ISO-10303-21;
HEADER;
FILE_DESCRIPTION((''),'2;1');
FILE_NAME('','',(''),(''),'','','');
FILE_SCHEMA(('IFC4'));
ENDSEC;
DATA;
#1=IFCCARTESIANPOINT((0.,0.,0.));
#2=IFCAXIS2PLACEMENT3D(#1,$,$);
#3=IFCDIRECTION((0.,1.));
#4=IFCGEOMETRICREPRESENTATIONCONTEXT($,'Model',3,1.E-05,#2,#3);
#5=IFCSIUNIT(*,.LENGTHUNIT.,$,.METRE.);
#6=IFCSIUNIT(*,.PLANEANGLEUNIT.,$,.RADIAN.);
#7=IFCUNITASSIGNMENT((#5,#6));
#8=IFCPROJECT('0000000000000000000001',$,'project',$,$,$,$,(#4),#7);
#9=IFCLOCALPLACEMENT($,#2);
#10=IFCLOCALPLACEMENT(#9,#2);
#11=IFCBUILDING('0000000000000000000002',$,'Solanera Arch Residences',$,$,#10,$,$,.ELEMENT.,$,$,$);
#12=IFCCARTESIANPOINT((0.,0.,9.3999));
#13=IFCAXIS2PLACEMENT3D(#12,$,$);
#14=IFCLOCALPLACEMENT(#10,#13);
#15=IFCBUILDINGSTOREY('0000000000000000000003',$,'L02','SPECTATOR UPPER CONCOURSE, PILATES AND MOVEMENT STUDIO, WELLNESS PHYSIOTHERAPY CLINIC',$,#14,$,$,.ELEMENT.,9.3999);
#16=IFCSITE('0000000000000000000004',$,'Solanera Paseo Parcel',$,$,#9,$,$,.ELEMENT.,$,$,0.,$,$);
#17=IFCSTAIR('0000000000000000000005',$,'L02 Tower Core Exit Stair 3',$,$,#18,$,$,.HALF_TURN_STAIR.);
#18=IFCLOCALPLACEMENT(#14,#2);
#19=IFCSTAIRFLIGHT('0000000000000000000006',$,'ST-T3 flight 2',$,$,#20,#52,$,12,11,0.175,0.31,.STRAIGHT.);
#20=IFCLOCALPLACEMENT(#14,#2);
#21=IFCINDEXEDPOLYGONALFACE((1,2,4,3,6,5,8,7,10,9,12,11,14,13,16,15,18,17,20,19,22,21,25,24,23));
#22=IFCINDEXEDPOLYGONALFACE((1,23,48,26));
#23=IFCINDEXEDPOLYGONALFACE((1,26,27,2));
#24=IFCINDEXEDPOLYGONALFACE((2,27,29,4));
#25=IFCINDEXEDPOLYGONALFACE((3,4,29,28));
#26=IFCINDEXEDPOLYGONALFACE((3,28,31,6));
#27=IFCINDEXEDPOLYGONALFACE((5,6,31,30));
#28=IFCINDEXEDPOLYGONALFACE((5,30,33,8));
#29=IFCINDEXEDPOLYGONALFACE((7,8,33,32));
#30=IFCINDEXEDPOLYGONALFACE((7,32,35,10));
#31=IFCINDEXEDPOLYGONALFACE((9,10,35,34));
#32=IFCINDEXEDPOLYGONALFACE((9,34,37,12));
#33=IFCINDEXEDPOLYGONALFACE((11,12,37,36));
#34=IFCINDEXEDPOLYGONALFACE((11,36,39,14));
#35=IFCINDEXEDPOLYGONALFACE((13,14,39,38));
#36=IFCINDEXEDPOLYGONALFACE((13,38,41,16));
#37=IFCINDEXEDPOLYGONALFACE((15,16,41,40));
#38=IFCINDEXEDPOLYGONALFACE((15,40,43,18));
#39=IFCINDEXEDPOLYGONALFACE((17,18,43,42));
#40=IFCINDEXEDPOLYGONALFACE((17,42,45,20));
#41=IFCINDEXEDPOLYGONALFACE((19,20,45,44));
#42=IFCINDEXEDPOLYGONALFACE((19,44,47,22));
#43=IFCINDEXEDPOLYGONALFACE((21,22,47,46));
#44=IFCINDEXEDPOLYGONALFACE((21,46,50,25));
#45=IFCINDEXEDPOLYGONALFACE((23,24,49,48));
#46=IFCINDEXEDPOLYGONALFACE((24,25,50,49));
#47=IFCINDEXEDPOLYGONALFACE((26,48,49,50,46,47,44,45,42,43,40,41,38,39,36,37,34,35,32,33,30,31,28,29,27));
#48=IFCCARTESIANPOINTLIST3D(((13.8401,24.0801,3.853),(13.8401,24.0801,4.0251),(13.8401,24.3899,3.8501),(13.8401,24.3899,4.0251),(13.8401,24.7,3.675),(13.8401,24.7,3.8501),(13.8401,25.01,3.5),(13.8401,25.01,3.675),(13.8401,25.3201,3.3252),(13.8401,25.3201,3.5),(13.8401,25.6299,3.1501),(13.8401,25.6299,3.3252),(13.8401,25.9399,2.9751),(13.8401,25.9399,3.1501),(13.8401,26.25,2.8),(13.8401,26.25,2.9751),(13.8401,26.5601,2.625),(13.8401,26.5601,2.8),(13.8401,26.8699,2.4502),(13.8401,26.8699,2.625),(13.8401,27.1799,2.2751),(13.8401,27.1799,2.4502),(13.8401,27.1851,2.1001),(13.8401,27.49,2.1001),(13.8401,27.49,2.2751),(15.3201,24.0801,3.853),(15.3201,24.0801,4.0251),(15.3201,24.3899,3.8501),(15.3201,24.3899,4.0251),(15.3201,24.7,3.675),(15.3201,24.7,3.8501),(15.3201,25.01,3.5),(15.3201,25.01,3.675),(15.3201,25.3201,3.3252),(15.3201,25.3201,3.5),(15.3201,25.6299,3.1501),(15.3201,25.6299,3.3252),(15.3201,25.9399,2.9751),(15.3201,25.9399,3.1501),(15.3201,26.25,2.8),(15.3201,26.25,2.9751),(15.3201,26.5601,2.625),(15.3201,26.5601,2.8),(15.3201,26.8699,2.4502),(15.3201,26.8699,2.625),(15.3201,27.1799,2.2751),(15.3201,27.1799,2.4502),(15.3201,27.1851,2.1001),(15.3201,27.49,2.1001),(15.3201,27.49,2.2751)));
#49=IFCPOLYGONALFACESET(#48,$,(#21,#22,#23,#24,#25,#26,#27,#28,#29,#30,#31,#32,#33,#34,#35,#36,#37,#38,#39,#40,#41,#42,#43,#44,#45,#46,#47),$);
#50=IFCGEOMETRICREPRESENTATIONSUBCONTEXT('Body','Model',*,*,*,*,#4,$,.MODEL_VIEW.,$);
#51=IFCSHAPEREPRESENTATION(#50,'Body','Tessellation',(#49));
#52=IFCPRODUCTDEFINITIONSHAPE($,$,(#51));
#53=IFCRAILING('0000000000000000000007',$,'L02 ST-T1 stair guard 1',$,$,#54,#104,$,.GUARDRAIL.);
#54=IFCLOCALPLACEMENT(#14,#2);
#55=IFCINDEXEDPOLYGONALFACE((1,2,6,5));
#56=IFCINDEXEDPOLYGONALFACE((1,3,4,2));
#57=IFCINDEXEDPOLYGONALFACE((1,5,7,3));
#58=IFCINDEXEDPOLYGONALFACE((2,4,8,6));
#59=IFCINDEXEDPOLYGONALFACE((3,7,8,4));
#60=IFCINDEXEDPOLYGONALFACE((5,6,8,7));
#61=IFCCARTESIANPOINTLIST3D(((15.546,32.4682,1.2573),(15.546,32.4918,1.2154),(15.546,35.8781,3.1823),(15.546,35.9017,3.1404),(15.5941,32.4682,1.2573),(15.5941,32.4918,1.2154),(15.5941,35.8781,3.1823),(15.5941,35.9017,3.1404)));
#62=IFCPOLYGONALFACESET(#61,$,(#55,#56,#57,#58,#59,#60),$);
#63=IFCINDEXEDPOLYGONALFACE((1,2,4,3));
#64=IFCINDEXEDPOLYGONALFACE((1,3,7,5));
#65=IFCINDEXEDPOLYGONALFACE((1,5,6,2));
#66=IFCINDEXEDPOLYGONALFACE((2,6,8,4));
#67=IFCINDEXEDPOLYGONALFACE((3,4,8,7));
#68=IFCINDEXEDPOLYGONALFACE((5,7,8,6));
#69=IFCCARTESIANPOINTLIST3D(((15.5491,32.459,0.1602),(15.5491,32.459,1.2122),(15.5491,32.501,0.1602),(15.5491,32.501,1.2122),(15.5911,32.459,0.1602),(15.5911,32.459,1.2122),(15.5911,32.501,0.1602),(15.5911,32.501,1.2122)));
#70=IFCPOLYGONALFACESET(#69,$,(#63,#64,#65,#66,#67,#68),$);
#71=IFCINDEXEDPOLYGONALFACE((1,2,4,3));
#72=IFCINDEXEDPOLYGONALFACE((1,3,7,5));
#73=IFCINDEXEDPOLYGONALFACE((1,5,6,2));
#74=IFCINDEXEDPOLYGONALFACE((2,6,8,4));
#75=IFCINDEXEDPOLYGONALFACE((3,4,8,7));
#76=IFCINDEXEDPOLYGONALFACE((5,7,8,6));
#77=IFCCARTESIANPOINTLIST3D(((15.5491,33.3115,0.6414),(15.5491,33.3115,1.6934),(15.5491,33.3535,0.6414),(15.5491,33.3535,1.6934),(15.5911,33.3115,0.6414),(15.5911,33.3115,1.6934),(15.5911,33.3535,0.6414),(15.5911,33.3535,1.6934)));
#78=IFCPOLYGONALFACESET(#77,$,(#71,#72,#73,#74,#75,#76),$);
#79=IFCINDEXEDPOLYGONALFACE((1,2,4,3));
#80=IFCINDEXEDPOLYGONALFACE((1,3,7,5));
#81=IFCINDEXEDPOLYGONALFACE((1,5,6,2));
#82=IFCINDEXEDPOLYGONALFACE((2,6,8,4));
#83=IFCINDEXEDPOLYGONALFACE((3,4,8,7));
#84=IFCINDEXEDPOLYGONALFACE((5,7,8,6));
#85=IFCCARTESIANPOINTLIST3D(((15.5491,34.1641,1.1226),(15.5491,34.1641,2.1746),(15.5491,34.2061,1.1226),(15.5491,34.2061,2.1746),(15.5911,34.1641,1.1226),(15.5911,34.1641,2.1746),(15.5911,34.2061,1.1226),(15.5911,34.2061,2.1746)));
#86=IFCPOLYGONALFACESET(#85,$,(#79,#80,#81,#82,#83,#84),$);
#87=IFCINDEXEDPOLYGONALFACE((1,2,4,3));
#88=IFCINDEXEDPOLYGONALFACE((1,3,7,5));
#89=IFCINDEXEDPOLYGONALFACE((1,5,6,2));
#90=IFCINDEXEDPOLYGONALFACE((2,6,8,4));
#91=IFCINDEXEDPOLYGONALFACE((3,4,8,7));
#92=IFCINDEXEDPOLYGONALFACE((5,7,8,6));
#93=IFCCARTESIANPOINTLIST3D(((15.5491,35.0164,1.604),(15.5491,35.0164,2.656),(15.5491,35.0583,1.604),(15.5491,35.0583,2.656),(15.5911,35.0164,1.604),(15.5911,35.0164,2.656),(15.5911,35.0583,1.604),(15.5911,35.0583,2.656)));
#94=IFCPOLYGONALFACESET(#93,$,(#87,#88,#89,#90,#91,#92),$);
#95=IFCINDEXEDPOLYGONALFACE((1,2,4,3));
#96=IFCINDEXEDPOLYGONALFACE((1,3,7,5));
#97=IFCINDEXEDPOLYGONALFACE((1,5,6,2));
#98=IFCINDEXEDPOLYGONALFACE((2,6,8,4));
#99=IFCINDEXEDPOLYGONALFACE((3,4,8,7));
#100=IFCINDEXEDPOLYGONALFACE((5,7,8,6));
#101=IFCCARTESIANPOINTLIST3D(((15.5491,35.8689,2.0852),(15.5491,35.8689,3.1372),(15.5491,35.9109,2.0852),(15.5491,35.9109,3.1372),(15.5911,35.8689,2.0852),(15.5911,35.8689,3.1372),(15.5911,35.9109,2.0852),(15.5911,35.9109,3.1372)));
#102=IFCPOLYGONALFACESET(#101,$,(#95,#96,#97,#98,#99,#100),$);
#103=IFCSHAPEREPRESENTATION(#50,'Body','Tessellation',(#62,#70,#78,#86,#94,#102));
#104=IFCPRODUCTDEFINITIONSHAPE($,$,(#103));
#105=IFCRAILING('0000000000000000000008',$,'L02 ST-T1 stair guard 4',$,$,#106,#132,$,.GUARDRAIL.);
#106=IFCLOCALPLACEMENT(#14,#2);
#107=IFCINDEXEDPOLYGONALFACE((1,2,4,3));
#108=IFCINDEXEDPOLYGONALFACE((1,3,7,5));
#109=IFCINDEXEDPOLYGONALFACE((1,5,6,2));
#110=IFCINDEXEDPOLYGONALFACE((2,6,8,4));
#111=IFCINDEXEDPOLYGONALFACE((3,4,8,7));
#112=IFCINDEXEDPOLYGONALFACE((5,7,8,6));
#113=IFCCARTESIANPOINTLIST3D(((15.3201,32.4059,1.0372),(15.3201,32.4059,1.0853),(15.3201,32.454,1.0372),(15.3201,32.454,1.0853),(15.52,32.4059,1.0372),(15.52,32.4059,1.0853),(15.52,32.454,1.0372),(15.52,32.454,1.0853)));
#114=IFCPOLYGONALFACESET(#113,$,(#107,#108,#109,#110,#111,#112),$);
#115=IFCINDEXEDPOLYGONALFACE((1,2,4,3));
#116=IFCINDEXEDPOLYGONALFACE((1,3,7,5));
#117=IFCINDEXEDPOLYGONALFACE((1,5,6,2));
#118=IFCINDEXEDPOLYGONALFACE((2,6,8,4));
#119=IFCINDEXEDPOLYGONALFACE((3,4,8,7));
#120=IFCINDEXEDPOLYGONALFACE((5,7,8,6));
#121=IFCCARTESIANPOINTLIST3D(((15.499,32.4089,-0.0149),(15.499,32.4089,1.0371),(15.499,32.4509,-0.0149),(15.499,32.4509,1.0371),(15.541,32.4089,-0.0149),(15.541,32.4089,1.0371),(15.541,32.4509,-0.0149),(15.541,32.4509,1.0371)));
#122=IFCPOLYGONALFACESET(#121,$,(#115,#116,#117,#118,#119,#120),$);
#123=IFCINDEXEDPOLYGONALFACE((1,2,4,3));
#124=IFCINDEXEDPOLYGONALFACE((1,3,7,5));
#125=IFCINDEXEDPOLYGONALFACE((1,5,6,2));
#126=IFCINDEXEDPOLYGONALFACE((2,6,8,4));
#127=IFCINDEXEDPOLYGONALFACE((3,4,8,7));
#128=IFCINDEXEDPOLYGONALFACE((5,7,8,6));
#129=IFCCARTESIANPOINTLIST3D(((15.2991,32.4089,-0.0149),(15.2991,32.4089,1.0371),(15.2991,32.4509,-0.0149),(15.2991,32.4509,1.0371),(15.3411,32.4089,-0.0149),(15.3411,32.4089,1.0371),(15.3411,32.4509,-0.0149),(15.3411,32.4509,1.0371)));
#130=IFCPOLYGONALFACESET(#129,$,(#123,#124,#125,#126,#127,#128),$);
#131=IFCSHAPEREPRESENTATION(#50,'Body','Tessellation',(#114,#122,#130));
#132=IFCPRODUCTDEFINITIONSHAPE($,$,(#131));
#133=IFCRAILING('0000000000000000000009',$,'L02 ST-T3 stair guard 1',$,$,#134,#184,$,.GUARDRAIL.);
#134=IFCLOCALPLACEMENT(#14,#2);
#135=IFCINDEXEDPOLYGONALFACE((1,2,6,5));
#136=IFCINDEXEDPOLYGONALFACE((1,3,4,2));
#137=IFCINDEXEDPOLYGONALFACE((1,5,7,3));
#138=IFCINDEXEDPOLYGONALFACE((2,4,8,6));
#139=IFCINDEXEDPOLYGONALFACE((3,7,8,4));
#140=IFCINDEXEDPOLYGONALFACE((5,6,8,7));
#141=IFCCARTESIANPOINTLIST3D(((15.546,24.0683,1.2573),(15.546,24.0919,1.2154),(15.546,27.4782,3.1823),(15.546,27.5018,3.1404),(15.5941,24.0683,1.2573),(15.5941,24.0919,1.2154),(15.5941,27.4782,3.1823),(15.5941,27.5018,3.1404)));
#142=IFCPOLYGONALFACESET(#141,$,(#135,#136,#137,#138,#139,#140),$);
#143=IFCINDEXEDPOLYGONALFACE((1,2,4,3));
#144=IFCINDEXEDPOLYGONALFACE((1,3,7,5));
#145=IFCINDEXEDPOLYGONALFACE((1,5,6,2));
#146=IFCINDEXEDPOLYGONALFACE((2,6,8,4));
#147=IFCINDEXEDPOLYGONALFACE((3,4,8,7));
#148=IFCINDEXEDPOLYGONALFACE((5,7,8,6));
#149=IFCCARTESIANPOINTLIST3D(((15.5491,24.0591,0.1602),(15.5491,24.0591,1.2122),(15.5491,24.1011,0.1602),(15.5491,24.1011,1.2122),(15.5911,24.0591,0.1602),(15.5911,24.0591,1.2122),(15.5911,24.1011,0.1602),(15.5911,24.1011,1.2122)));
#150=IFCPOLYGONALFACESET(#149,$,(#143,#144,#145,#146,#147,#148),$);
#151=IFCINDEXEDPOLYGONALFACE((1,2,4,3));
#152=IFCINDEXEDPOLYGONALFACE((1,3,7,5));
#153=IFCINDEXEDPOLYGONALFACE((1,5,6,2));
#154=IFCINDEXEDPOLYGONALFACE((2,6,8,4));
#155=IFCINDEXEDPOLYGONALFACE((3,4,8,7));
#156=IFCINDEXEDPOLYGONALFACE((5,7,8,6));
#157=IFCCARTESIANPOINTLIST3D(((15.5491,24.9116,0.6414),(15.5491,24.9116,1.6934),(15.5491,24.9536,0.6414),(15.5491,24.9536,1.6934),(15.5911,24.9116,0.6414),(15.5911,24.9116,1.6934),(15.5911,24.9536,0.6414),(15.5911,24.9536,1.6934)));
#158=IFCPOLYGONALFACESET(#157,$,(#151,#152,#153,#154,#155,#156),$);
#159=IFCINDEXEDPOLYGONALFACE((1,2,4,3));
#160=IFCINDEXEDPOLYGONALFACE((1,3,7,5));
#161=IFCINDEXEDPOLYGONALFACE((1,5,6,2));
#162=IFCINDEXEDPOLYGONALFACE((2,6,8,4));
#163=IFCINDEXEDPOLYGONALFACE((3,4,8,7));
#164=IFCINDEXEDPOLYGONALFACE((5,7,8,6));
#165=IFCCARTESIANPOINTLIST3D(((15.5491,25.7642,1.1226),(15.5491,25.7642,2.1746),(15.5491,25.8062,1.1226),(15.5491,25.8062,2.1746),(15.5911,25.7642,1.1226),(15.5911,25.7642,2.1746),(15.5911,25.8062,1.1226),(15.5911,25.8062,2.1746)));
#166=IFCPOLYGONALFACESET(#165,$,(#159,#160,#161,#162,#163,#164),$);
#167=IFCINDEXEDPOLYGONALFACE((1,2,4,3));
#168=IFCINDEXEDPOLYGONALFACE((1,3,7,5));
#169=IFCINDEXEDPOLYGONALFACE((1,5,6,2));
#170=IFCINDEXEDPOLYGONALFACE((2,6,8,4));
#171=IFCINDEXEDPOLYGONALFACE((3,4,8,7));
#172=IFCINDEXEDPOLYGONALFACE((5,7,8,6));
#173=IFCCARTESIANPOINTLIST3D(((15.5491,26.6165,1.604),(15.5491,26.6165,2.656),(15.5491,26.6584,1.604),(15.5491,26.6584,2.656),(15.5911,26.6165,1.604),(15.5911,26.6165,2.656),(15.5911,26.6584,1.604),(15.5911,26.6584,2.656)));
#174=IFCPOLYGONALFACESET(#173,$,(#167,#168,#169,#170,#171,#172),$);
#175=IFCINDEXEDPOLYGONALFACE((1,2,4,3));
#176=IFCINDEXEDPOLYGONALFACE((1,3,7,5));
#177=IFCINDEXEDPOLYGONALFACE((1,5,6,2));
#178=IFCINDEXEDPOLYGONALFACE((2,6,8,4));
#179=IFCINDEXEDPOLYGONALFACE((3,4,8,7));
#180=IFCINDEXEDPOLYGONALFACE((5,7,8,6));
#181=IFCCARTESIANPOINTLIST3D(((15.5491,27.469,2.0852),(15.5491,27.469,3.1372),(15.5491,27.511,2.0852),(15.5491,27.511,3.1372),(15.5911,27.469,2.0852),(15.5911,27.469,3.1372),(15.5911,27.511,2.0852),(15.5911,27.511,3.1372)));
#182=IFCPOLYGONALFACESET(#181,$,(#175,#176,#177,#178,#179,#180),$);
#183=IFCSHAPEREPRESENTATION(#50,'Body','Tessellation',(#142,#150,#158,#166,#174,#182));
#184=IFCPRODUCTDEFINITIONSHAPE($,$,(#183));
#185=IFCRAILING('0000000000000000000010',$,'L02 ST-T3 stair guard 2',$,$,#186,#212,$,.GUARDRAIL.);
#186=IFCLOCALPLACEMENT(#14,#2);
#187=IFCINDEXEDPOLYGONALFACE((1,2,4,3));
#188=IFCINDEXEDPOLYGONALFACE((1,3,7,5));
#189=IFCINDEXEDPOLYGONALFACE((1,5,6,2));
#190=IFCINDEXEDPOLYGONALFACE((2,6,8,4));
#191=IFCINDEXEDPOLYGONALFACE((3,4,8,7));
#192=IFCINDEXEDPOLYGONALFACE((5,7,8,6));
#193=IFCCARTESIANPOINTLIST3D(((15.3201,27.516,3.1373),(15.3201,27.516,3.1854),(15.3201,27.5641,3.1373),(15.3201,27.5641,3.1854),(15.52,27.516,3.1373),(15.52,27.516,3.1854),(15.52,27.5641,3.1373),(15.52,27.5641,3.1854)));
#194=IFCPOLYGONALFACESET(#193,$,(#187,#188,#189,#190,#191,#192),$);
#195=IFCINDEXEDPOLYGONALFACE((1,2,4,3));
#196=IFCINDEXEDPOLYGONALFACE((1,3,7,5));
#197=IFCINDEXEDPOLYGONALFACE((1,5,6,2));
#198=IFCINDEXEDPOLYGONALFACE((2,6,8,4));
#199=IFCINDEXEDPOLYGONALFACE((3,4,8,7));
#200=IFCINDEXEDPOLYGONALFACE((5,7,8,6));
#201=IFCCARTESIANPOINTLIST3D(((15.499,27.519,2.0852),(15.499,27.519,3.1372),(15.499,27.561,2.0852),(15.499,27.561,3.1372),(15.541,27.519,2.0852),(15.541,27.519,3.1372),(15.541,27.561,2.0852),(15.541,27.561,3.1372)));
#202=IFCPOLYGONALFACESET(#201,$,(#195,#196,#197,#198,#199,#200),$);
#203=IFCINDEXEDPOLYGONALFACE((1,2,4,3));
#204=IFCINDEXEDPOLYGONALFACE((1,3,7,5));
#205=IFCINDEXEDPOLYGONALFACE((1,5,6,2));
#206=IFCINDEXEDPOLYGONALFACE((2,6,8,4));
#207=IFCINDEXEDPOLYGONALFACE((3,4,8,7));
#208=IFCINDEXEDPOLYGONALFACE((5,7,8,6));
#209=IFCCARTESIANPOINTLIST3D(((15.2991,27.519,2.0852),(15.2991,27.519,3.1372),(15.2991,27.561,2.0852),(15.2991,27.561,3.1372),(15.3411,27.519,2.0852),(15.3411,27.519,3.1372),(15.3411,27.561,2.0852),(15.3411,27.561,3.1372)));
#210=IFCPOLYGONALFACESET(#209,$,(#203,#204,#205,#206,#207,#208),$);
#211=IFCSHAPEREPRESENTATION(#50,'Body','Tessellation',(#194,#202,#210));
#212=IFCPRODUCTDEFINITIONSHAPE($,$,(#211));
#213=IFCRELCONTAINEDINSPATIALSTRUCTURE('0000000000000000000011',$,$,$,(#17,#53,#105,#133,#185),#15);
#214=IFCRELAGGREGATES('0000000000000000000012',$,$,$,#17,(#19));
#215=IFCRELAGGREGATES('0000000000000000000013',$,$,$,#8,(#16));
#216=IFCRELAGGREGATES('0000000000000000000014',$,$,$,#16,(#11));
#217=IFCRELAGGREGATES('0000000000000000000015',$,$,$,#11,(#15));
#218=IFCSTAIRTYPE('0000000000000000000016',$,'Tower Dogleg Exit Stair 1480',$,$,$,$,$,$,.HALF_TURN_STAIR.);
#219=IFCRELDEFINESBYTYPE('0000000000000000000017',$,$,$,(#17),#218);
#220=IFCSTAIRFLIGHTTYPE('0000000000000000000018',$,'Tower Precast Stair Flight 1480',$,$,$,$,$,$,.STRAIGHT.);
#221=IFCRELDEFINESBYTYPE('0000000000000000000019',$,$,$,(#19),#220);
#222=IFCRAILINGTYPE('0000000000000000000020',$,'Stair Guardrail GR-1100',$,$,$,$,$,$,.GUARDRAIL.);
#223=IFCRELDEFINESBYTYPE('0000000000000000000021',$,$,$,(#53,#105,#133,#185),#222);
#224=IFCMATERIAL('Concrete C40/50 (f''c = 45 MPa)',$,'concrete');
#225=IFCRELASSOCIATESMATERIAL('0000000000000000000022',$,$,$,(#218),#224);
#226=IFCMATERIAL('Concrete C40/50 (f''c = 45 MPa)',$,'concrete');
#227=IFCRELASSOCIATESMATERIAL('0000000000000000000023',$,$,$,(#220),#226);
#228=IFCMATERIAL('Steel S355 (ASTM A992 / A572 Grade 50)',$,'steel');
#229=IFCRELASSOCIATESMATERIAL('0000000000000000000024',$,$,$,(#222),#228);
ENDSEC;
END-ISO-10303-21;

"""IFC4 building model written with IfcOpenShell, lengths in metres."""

from ifc_helpers import new_model, si_unit, direction, frame, origin, origin_2d, place, context, subcontext, project, spatial, polyline, rectangle, outline, extrude, material, type_object, element, aggregate, save


model = new_model("IFC4")

# Units and contexts
model_context = context("Model", 3, precision=1e-05, world=origin(), true_north=direction((0.0, 1.0)))
body_context = subcontext(model_context, "Body", "Model", "MODEL_VIEW")
ifc_project = project(units=[si_unit("LENGTHUNIT", "METRE"), si_unit("PLANEANGLEUNIT", "RADIAN")], contexts=[model_context])

# Site, building, storey
site_placement = place(None, origin())
site = spatial("IfcSite", under=ifc_project, at=site_placement, Name="Solanera Paseo Parcel", CompositionType="ELEMENT", RefElevation=0.0)
building_placement = place(site_placement, origin())
building = spatial("IfcBuilding", under=site, at=building_placement, Name="Solanera Arch Residences", CompositionType="ELEMENT")
storey_placement = place(building_placement, frame((0.0, 0.0, 9.3999)))
storey = spatial("IfcBuildingStorey", under=building, at=storey_placement, Name="L02", Description="SPECTATOR UPPER CONCOURSE, PILATES AND MOVEMENT STUDIO, WELLNESS PHYSIOTHERAPY CLINIC", CompositionType="ELEMENT", Elevation=9.3999)

# Shared definitions
ifc_material_1 = material(Name="Concrete C40/50 (f'c = 45 MPa)", Category="concrete")
stair_type = type_object("IfcStairType", Name="Tower Dogleg Exit Stair 1480", PredefinedType="HALF_TURN_STAIR", material=ifc_material_1)
ifc_material_2 = material(Name="Concrete C40/50 (f'c = 45 MPa)", Category="concrete")
stair_flight_type = type_object("IfcStairFlightType", Name="Tower Precast Stair Flight 1480", PredefinedType="STRAIGHT", material=ifc_material_2)

# Stair, stair flight
stair_1_placement = place(storey_placement, origin())
stair_1 = element("IfcStair", 1, at=stair_1_placement, inside=storey, type_object=stair_type, Name="L02 Tower Core Exit Stair 3", PredefinedType="HALF_TURN_STAIR")
stair_flight_1_placement = place(storey_placement, frame((14.5801, 27.49, 2.1001), z_axis=(0.0, 0.0, 1.0), x_axis=(0.0, -1.0, 0.0)))
stair_flight_1 = element("IfcStairFlight", 2, at=stair_flight_1_placement, type_object=stair_flight_type, Name="ST-T3 flight 2", NumberOfRisers=12, NumberOfTreads=11, PredefinedType="STRAIGHT", RiserHeight=0.175, TreadLength=0.31, context=body_context, shape_type="SweptSolid", body=[
    extrude(outline(polyline([(0.0, 0.0), (0.0, 0.175), (0.3101, 0.175), (0.3101, 0.3501), (0.6201, 0.3501), (0.6201, 0.5249), (0.9299, 0.5249), (0.9299, 0.7), (1.24, 0.7), (1.24, 0.875), (1.55, 0.875), (1.55, 1.05), (1.8601, 1.05), (1.8601, 1.2251), (2.1699, 1.2251), (2.1699, 1.3999), (2.48, 1.3999), (2.48, 1.575), (2.79, 1.575), (2.79, 1.75), (3.1001, 1.75), (3.1001, 1.925), (3.4099, 1.925), (3.4099, 2.1001), (3.4099, 1.7529), (0.3049, 0.0), (0.0, 0.0)])), frame((0.0, 0.74, 0.0), z_axis=(0.0, -1.0, 0.0), x_axis=(1.0, 0.0, 0.0)), (0.0, 0.0, 1.0), 1.48),
])
aggregate(stair_1, [stair_flight_1])

# Railings
ifc_material_3 = material(Name="Steel S355 (ASTM A992 / A572 Grade 50)", Category="steel")
railing_type_1 = type_object("IfcRailingType", Name="Stair Guardrail GR-1100", PredefinedType="GUARDRAIL", material=ifc_material_3)
railing_1_placement = place(storey_placement, frame((15.5701, 32.48, 0.1602)))
element("IfcRailing", 3, at=railing_1_placement, inside=storey, type_object=railing_type_1, Name="L02 ST-T1 stair guard 1", PredefinedType="GUARDRAIL", context=body_context, shape_type="SweptSolid", body=[
    extrude(rectangle(XDim=0.0481, YDim=0.0481, at=origin_2d()), frame((0.0, 0.0, 1.0762), z_axis=(0.0, 0.870814, 0.491613), x_axis=(-1.0, 0.0, 0.0)), (0.0, 0.0, 1.0), 3.9158),
    extrude(rectangle(XDim=0.042, YDim=0.042, at=origin_2d()), origin(), (0.0, 0.0, 1.0), 1.052),
    extrude(rectangle(XDim=0.042, YDim=0.042, at=origin_2d()), frame((0.0, 0.8525, 0.4812)), (0.0, 0.0, 1.0), 1.052),
    extrude(rectangle(XDim=0.042, YDim=0.042, at=origin_2d()), frame((0.0, 1.7051, 0.9624)), (0.0, 0.0, 1.0), 1.052),
    extrude(rectangle(XDim=0.042, YDim=0.042, at=origin_2d()), frame((0.0, 2.5574, 1.4438)), (0.0, 0.0, 1.0), 1.052),
    extrude(rectangle(XDim=0.042, YDim=0.042, at=origin_2d()), frame((0.0, 3.4099, 1.925)), (0.0, 0.0, 1.0), 1.052),
])
railing_2_placement = place(storey_placement, frame((15.52, 32.4299, -0.0149)))
element("IfcRailing", 4, at=railing_2_placement, inside=storey, type_object=railing_type_1, Name="L02 ST-T1 stair guard 4", PredefinedType="GUARDRAIL", context=body_context, shape_type="SweptSolid", body=[
    extrude(rectangle(XDim=0.0481, YDim=0.0481, at=origin_2d()), frame((0.0, 0.0, 1.0762), z_axis=(-1.0, 0.0, 0.0), x_axis=(0.0, -1.0, 0.0)), (0.0, 0.0, 1.0), 0.2),
    extrude(rectangle(XDim=0.042, YDim=0.042, at=origin_2d()), origin(), (0.0, 0.0, 1.0), 1.052),
    extrude(rectangle(XDim=0.042, YDim=0.042, at=origin_2d()), frame((-0.2, 0.0, 0.0)), (0.0, 0.0, 1.0), 1.052),
])
railing_3_placement = place(storey_placement, frame((15.5701, 24.0801, 0.1602)))
element("IfcRailing", 5, at=railing_3_placement, inside=storey, type_object=railing_type_1, Name="L02 ST-T3 stair guard 1", PredefinedType="GUARDRAIL", context=body_context, shape_type="SweptSolid", body=[
    extrude(rectangle(XDim=0.0481, YDim=0.0481, at=origin_2d()), frame((0.0, 0.0, 1.0762), z_axis=(0.0, 0.870814, 0.491613), x_axis=(-1.0, 0.0, 0.0)), (0.0, 0.0, 1.0), 3.9158),
    extrude(rectangle(XDim=0.042, YDim=0.042, at=origin_2d()), origin(), (0.0, 0.0, 1.0), 1.052),
    extrude(rectangle(XDim=0.042, YDim=0.042, at=origin_2d()), frame((0.0, 0.8525, 0.4812)), (0.0, 0.0, 1.0), 1.052),
    extrude(rectangle(XDim=0.042, YDim=0.042, at=origin_2d()), frame((0.0, 1.7051, 0.9624)), (0.0, 0.0, 1.0), 1.052),
    extrude(rectangle(XDim=0.042, YDim=0.042, at=origin_2d()), frame((0.0, 2.5574, 1.4438)), (0.0, 0.0, 1.0), 1.052),
    extrude(rectangle(XDim=0.042, YDim=0.042, at=origin_2d()), frame((0.0, 3.4099, 1.925)), (0.0, 0.0, 1.0), 1.052),
])
railing_4_placement = place(storey_placement, frame((15.52, 27.54, 2.0852)))
element("IfcRailing", 6, at=railing_4_placement, inside=storey, type_object=railing_type_1, Name="L02 ST-T3 stair guard 2", PredefinedType="GUARDRAIL", context=body_context, shape_type="SweptSolid", body=[
    extrude(rectangle(XDim=0.0481, YDim=0.0481, at=origin_2d()), frame((0.0, 0.0, 1.0762), z_axis=(-1.0, 0.0, 0.0), x_axis=(0.0, -1.0, 0.0)), (0.0, 0.0, 1.0), 0.2),
    extrude(rectangle(XDim=0.042, YDim=0.042, at=origin_2d()), origin(), (0.0, 0.0, 1.0), 1.052),
    extrude(rectangle(XDim=0.042, YDim=0.042, at=origin_2d()), frame((-0.2, 0.0, 0.0)), (0.0, 0.0, 1.0), 1.052),
])

save(model, "model.ifc")
